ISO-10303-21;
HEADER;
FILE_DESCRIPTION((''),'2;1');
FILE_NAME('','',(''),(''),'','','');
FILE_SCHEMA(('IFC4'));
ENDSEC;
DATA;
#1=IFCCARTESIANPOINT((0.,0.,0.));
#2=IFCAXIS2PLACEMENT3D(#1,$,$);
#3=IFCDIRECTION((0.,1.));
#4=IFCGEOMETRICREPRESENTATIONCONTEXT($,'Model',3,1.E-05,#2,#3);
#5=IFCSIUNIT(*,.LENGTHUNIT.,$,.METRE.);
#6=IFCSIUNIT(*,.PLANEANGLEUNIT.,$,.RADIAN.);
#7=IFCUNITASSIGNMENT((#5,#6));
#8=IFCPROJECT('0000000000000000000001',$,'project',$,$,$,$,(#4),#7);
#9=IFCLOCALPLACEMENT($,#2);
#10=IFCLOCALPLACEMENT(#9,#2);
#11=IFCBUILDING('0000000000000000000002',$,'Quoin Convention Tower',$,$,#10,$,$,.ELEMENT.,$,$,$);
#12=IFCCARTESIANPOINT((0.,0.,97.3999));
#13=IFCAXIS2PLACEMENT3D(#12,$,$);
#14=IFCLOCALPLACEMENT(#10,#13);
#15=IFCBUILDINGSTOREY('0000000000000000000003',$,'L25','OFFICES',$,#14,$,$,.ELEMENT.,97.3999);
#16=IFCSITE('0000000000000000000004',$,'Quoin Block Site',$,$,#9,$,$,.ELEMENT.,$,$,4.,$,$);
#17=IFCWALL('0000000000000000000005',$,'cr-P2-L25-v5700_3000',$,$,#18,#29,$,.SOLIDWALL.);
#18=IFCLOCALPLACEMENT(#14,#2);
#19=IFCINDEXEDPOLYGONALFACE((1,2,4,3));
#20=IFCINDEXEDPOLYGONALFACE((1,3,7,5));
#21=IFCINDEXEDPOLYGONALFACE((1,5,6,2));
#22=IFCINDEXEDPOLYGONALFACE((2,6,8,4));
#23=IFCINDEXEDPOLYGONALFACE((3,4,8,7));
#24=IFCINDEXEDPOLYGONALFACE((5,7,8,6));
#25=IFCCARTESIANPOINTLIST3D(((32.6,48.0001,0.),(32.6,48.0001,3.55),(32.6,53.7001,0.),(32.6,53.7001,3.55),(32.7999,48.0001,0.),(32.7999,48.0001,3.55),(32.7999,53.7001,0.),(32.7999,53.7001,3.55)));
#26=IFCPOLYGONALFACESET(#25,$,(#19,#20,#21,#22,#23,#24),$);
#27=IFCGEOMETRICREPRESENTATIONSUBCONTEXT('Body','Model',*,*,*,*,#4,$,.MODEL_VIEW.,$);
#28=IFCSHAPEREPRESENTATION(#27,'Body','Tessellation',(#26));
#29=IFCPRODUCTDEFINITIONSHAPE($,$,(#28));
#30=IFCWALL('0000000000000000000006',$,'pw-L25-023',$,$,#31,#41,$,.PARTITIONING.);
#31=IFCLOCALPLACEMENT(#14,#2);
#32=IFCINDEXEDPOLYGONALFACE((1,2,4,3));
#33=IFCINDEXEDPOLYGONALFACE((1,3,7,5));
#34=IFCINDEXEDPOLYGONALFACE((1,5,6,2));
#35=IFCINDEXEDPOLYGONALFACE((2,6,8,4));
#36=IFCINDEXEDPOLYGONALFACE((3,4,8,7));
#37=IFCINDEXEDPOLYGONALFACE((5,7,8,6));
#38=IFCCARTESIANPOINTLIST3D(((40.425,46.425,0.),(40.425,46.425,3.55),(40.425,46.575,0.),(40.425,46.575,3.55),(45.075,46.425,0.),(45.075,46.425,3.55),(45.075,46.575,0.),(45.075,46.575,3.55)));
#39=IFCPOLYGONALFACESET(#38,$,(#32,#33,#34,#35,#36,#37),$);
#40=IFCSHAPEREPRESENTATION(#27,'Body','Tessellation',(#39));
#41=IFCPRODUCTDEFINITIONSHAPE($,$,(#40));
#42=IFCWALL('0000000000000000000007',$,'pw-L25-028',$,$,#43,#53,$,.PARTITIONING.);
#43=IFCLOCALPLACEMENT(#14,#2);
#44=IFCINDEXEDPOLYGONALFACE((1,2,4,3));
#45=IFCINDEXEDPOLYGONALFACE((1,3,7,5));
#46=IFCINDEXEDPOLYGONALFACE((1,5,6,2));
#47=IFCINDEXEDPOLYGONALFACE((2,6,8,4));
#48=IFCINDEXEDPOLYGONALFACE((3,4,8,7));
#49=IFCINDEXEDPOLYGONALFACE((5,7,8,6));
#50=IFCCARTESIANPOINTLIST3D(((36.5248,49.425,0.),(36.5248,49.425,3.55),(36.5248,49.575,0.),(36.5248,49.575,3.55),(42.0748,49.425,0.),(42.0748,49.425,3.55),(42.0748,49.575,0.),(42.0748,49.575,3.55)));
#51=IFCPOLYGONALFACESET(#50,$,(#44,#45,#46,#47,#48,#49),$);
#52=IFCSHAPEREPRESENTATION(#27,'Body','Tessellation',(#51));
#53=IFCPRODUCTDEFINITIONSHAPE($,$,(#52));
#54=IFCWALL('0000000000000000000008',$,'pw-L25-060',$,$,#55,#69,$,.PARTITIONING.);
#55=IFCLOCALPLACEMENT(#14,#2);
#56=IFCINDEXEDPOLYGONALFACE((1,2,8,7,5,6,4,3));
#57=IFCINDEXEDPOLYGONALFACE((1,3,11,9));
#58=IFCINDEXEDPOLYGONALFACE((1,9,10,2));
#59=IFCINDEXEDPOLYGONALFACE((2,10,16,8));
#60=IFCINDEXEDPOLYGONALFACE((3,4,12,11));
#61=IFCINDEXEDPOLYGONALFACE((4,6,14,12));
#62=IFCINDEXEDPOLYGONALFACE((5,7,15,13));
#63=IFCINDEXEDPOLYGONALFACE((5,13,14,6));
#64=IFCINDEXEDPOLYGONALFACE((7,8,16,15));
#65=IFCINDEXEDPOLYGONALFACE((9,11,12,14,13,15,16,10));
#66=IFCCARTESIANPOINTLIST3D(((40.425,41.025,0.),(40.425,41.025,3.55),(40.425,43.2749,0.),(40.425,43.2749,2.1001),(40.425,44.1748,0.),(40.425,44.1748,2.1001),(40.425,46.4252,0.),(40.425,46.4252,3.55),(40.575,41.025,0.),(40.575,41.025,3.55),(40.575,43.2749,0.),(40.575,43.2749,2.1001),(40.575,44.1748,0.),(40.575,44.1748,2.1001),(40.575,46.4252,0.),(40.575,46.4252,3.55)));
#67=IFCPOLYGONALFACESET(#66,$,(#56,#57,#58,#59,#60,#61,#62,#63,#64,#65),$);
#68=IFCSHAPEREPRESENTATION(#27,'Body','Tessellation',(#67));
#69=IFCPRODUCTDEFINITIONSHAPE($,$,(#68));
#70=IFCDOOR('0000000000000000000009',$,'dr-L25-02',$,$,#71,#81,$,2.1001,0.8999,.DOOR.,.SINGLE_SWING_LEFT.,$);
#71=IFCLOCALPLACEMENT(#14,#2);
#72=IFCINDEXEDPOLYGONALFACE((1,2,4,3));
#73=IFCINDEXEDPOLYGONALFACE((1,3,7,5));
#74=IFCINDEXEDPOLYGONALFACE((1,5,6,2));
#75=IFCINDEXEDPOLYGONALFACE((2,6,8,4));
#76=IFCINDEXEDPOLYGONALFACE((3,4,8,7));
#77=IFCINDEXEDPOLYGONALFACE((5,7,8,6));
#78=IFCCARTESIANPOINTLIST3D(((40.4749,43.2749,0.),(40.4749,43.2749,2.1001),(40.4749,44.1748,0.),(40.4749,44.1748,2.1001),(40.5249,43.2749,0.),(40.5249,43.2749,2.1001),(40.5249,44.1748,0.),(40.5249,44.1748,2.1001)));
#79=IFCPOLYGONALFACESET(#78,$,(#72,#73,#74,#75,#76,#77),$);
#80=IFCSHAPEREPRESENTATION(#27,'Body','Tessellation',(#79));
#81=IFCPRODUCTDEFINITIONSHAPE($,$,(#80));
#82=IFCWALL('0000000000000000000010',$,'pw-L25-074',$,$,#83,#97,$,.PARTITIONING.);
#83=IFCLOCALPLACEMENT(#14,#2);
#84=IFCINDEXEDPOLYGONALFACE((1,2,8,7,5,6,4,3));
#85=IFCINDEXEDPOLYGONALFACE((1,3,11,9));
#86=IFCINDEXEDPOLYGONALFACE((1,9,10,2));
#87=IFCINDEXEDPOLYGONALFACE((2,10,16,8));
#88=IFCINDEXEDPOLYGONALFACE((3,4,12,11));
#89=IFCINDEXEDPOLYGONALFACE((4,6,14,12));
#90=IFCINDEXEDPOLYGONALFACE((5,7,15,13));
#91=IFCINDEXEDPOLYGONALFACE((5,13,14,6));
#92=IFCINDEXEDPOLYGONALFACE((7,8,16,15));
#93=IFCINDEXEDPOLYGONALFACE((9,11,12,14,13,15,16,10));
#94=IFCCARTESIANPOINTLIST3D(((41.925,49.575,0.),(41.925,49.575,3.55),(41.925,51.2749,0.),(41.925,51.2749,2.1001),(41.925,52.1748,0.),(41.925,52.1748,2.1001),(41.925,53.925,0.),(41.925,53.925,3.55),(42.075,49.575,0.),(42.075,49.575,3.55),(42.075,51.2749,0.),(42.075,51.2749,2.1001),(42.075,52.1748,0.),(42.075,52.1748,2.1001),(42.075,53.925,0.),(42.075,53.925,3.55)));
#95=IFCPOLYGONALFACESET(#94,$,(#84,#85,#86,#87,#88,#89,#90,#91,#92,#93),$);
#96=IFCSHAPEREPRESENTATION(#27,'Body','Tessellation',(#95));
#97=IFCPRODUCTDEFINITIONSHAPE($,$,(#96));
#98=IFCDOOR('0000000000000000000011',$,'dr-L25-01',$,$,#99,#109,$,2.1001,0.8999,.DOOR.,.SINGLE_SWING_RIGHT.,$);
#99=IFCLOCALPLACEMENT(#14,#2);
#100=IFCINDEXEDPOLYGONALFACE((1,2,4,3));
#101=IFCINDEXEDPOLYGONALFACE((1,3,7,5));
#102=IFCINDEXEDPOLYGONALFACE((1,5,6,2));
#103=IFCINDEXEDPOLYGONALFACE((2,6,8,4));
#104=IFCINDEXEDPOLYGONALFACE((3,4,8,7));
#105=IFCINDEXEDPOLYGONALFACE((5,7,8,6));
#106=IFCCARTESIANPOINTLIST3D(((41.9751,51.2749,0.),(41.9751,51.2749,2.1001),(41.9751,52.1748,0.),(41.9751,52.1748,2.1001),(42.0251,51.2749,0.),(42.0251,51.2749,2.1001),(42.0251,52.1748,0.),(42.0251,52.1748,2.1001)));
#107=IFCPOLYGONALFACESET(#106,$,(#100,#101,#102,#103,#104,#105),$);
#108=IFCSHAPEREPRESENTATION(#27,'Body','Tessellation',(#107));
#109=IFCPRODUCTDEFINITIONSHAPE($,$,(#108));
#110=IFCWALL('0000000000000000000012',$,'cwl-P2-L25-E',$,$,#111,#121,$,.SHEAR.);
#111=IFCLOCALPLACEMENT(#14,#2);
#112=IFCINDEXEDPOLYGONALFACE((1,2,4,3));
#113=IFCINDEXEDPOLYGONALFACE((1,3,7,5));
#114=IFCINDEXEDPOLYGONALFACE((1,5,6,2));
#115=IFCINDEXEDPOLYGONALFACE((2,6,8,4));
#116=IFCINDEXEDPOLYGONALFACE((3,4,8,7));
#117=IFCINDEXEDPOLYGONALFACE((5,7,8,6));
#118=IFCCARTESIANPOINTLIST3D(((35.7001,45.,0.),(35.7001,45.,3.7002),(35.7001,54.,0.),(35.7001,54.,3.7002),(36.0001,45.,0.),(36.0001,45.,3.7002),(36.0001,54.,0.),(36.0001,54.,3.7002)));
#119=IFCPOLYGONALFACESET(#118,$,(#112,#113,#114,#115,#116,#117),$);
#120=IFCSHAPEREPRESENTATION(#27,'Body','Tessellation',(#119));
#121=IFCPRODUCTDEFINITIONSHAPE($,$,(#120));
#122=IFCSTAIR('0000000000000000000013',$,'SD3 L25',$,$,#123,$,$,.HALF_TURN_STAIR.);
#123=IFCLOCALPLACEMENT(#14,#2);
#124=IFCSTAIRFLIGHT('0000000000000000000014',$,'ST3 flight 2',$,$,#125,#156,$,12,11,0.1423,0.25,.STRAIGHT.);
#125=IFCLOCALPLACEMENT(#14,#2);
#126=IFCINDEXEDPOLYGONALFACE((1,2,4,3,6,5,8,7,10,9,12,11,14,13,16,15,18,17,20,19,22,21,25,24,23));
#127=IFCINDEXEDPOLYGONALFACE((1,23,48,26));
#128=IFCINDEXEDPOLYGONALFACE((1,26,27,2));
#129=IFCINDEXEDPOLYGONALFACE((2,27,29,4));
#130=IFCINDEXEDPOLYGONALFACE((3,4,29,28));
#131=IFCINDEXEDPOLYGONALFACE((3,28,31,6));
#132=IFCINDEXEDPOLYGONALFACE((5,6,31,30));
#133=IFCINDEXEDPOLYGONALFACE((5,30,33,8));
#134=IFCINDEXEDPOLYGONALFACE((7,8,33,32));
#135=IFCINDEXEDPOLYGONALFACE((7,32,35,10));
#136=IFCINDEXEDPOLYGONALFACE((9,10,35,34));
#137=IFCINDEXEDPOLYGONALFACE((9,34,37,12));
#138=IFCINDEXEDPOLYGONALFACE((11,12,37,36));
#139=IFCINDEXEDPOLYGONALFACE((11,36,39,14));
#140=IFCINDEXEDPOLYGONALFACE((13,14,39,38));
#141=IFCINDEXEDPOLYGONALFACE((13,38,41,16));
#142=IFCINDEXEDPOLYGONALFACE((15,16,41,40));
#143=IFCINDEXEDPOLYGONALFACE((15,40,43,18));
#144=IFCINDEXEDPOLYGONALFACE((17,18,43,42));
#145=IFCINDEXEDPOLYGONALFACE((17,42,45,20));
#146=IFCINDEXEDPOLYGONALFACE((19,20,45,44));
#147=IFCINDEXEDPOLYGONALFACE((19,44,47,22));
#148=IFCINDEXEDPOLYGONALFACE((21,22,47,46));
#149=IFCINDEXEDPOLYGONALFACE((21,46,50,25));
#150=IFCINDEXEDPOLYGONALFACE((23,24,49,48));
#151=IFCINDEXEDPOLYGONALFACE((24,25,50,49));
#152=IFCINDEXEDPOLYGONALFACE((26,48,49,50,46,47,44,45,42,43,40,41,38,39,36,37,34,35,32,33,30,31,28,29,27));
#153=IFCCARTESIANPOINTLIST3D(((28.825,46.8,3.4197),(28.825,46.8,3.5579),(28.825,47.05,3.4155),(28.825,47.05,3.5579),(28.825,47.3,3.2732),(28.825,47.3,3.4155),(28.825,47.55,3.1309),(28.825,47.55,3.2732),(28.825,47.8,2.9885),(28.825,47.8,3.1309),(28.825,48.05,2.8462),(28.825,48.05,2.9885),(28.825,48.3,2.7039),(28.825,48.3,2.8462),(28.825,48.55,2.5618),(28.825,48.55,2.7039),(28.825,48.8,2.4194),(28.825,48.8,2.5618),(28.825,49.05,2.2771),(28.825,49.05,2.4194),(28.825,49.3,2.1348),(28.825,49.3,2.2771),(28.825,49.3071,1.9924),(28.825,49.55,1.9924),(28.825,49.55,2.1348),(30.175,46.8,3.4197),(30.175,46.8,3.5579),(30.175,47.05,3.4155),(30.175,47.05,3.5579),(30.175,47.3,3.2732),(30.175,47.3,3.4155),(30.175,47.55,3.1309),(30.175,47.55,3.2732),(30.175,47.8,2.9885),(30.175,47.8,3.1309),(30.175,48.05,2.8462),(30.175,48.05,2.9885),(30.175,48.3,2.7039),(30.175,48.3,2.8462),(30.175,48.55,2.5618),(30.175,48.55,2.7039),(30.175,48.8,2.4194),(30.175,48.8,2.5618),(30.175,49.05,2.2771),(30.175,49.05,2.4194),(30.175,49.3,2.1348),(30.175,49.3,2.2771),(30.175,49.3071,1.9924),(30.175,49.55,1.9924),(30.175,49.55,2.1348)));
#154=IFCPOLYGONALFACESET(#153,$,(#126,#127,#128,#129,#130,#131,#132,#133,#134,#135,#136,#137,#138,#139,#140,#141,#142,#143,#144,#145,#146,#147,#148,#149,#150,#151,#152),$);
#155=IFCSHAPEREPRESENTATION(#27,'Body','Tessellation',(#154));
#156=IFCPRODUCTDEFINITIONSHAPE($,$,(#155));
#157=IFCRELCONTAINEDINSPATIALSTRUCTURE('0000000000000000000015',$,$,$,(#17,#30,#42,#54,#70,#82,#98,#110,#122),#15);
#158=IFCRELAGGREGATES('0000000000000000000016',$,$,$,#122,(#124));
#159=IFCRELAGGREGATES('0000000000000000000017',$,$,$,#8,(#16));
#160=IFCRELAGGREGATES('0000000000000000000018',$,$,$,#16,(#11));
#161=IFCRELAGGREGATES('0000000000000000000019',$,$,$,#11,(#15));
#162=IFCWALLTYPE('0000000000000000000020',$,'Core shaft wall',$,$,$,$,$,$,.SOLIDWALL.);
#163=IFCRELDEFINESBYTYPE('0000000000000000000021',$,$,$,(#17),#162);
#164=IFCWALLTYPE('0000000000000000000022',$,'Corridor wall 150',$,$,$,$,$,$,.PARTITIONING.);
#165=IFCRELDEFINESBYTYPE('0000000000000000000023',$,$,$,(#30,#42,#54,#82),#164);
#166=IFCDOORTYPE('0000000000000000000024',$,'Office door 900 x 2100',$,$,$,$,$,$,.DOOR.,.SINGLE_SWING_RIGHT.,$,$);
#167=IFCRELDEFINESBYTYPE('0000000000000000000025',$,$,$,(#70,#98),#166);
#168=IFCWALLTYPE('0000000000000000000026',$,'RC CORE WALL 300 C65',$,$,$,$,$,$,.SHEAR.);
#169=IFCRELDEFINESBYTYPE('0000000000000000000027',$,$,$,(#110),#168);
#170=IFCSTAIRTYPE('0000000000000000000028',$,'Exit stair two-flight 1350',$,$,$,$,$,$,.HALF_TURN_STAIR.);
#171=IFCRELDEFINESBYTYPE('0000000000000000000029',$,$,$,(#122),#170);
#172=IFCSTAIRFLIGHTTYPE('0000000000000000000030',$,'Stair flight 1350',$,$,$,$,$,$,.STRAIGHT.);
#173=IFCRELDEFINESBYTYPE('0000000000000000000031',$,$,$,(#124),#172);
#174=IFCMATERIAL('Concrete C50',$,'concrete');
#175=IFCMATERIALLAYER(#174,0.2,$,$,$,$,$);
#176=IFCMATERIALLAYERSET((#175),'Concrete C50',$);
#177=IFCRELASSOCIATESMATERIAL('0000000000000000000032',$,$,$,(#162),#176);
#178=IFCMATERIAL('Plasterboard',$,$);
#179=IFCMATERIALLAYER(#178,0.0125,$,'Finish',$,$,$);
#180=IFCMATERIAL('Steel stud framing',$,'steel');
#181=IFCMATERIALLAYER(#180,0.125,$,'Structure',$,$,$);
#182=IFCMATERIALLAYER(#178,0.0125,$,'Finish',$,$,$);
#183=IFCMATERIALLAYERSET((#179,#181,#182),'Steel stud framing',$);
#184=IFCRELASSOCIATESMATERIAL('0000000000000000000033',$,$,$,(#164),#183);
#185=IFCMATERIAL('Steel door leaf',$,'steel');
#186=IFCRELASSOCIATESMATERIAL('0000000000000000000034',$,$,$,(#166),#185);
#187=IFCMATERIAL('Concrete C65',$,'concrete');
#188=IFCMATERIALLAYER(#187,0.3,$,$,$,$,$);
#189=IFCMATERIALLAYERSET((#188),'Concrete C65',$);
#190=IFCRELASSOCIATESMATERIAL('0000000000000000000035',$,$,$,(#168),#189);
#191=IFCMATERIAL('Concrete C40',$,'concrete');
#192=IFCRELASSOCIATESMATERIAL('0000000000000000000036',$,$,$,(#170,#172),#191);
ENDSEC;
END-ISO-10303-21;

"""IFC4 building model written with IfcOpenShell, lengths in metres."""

from ifc_helpers import new_model, si_unit, direction, frame, frame_2d, origin, place, context, subcontext, project, spatial, polyline, rectangle, outline, extrude, material, layer, layer_set, type_object, element, fill, aggregate, save


model = new_model("IFC4")

# Units and contexts
model_context = context("Model", 3, precision=1e-05, world=origin(), true_north=direction((0.0, 1.0)))
body_context = subcontext(model_context, "Body", "Model", "MODEL_VIEW")
ifc_project = project(units=[si_unit("LENGTHUNIT", "METRE"), si_unit("PLANEANGLEUNIT", "RADIAN")], contexts=[model_context])

# Site, building, storey
site_placement = place(None, origin())
site = spatial("IfcSite", under=ifc_project, at=site_placement, Name="Quoin Block Site", CompositionType="ELEMENT", RefElevation=4.0)
building_placement = place(site_placement, origin())
building = spatial("IfcBuilding", under=site, at=building_placement, Name="Quoin Convention Tower", CompositionType="ELEMENT")
storey_placement = place(building_placement, frame((0.0, 0.0, 97.3999)))
storey = spatial("IfcBuildingStorey", under=building, at=storey_placement, Name="L25", Description="OFFICES", CompositionType="ELEMENT", Elevation=97.3999)

# Shared definitions
ifc_material_1 = material(Name="Concrete C65", Category="concrete")

# Walls
ifc_material_2 = material(Name="Concrete C50", Category="concrete")
ifc_layer_1 = layer(ifc_material_2, 0.2)
ifc_layer_set_1 = layer_set([ifc_layer_1], Name="Concrete C50")
wall_type_1 = type_object("IfcWallType", Name="Core shaft wall", PredefinedType="SOLIDWALL", material=ifc_layer_set_1)
for number, where, z_axis, x_axis, name in (
    (1, (32.7, 48.0, 0.0), (0.0, 0.0, 1.0), (0.0, 1.0, 0.0), "cr-P2-L25-v5700_3000"),
):
    element("IfcWall", number, at=place(storey_placement, frame(where, z_axis=z_axis, x_axis=x_axis)), inside=storey, type_object=wall_type_1, Name=name, PredefinedType="SOLIDWALL", context=body_context, shape_type="SweptSolid", body=[
        extrude(rectangle(XDim=5.7, YDim=0.2, at=frame_2d((2.8501, 0.0))), origin(), (0.0, 0.0, 1.0), 3.55),
    ])
ifc_material_3 = material(Name="Plasterboard")
ifc_layer_2 = layer(ifc_material_3, 0.0125, Name="Finish")
ifc_material_4 = material(Name="Steel stud framing", Category="steel")
ifc_layer_3 = layer(ifc_material_4, 0.125, Name="Structure")
ifc_layer_4 = layer(ifc_material_3, 0.0125, Name="Finish")
ifc_layer_set_2 = layer_set([ifc_layer_2, ifc_layer_3, ifc_layer_4], Name="Steel stud framing")
wall_type_2 = type_object("IfcWallType", Name="Corridor wall 150", PredefinedType="PARTITIONING", material=ifc_layer_set_2)
wall_1_placement = place(storey_placement, frame((40.425, 46.5, 0.0), z_axis=(0.0, 0.0, 1.0), x_axis=(1.0, 0.0, 0.0)))
element("IfcWall", 2, at=wall_1_placement, inside=storey, type_object=wall_type_2, Name="pw-L25-023", PredefinedType="PARTITIONING", context=body_context, shape_type="SweptSolid", body=[
    extrude(rectangle(XDim=4.6499, YDim=0.1499, at=frame_2d((2.325, 0.0))), origin(), (0.0, 0.0, 1.0), 3.55),
])
wall_2_placement = place(storey_placement, frame((36.5249, 49.5, 0.0), z_axis=(0.0, 0.0, 1.0), x_axis=(1.0, 0.0, 0.0)))
element("IfcWall", 3, at=wall_2_placement, inside=storey, type_object=wall_type_2, Name="pw-L25-028", PredefinedType="PARTITIONING", context=body_context, shape_type="SweptSolid", body=[
    extrude(rectangle(XDim=5.55, YDim=0.1499, at=frame_2d((2.7749, 0.0))), origin(), (0.0, 0.0, 1.0), 3.55),
])

# Walls, openings, doors
wall_3_placement = place(storey_placement, frame((40.5, 41.0249, 0.0), z_axis=(0.0, 0.0, 1.0), x_axis=(0.0, 1.0, 0.0)))
wall_3 = element("IfcWall", 4, at=wall_3_placement, inside=storey, type_object=wall_type_2, Name="pw-L25-060", PredefinedType="PARTITIONING", context=body_context, shape_type="SweptSolid", body=[
    extrude(rectangle(XDim=5.4001, YDim=0.1499, at=frame_2d((2.7002, 0.0))), origin(), (0.0, 0.0, 1.0), 3.55),
])
opening_1_placement = place(wall_3_placement, frame((2.25, 0.0, 0.0)))
opening_1 = element("IfcOpeningElement", 5, at=opening_1_placement, cuts=wall_3, PredefinedType="OPENING", context=body_context, shape_type="SweptSolid", body=[
    extrude(rectangle(XDim=0.8999, YDim=2.1001, at=frame_2d((0.45, 1.05))), frame((0.0, 0.085, 0.0), z_axis=(0.0, -1.0, 0.0), x_axis=(1.0, 0.0, 0.0)), (0.0, 0.0, 1.0), 0.1699),
])
ifc_material_5 = material(Name="Steel door leaf", Category="steel")
door_type = type_object("IfcDoorType", Name="Office door 900 x 2100", OperationType="SINGLE_SWING_RIGHT", PredefinedType="DOOR", material=ifc_material_5)
door_1_placement = place(opening_1_placement, frame((0.8999, 0.0, 0.0), z_axis=(0.0, 0.0, 1.0), x_axis=(-1.0, 0.0, 0.0)))
door_1 = element("IfcDoor", 6, at=door_1_placement, inside=storey, type_object=door_type, Name="dr-L25-02", OperationType="SINGLE_SWING_LEFT", OverallHeight=2.1001, OverallWidth=0.8999, PredefinedType="DOOR", context=body_context, shape_type="SweptSolid", body=[
    extrude(rectangle(XDim=0.8999, YDim=2.1001, at=frame_2d((0.45, 1.05))), frame((0.0, 0.0249, 0.0), z_axis=(0.0, -1.0, 0.0), x_axis=(1.0, 0.0, 0.0)), (0.0, 0.0, 1.0), 0.05),
])
fill(opening_1, door_1)
wall_4_placement = place(storey_placement, frame((42.0, 49.575, 0.0), z_axis=(0.0, 0.0, 1.0), x_axis=(0.0, 1.0, 0.0)))
wall_4 = element("IfcWall", 7, at=wall_4_placement, inside=storey, type_object=wall_type_2, Name="pw-L25-074", PredefinedType="PARTITIONING", context=body_context, shape_type="SweptSolid", body=[
    extrude(rectangle(XDim=4.3501, YDim=0.1499, at=frame_2d((2.175, 0.0))), origin(), (0.0, 0.0, 1.0), 3.55),
])
opening_2_placement = place(wall_4_placement, frame((1.7, 0.0, 0.0)))
opening_2 = element("IfcOpeningElement", 8, at=opening_2_placement, cuts=wall_4, PredefinedType="OPENING", context=body_context, shape_type="SweptSolid", body=[
    extrude(rectangle(XDim=0.8999, YDim=2.1001, at=frame_2d((0.45, 1.05))), frame((0.0, 0.085, 0.0), z_axis=(0.0, -1.0, 0.0), x_axis=(1.0, 0.0, 0.0)), (0.0, 0.0, 1.0), 0.1699),
])
door_2_placement = place(opening_2_placement, origin())
door_2 = element("IfcDoor", 9, at=door_2_placement, inside=storey, type_object=door_type, Name="dr-L25-01", OperationType="SINGLE_SWING_RIGHT", OverallHeight=2.1001, OverallWidth=0.8999, PredefinedType="DOOR", context=body_context, shape_type="SweptSolid", body=[
    extrude(rectangle(XDim=0.8999, YDim=2.1001, at=frame_2d((0.45, 1.05))), frame((0.0, 0.0249, 0.0), z_axis=(0.0, -1.0, 0.0), x_axis=(1.0, 0.0, 0.0)), (0.0, 0.0, 1.0), 0.05),
])
fill(opening_2, door_2)

# Wall
ifc_layer_5 = layer(ifc_material_1, 0.3)
ifc_layer_set_3 = layer_set([ifc_layer_5], Name="Concrete C65")
wall_type_3 = type_object("IfcWallType", Name="RC CORE WALL 300 C65", PredefinedType="SHEAR", material=ifc_layer_set_3)
wall_5_placement = place(storey_placement, frame((35.8501, 45.0, 0.0), z_axis=(0.0, 0.0, 1.0), x_axis=(0.0, 1.0, 0.0)))
element("IfcWall", 10, at=wall_5_placement, inside=storey, type_object=wall_type_3, Name="cwl-P2-L25-E", PredefinedType="SHEAR", context=body_context, shape_type="SweptSolid", body=[
    extrude(rectangle(XDim=9.0, YDim=0.3, at=frame_2d((4.5, 0.0))), origin(), (0.0, 0.0, 1.0), 3.7002),
])

# Stair, stair flight
ifc_material_6 = material(Name="Concrete C40", Category="concrete")
stair_type = type_object("IfcStairType", Name="Exit stair two-flight 1350", PredefinedType="HALF_TURN_STAIR", material=ifc_material_6)
stair_1_placement = place(storey_placement, origin())
stair_1 = element("IfcStair", 11, at=stair_1_placement, inside=storey, type_object=stair_type, Name="SD3 L25", PredefinedType="HALF_TURN_STAIR")
stair_flight_type = type_object("IfcStairFlightType", Name="Stair flight 1350", PredefinedType="STRAIGHT", material=ifc_material_6)
stair_flight_1_placement = place(storey_placement, frame((29.5, 49.55, 1.9924), z_axis=(0.0, 0.0, 1.0), x_axis=(0.0, -1.0, 0.0)))
stair_flight_1 = element("IfcStairFlight", 12, at=stair_flight_1_placement, type_object=stair_flight_type, Name="ST3 flight 2", NumberOfRisers=12, NumberOfTreads=11, PredefinedType="STRAIGHT", RiserHeight=0.1423, TreadLength=0.25, context=body_context, shape_type="SweptSolid", body=[
    extrude(outline(polyline([(0.0, 0.0), (0.0, 0.1423), (0.25, 0.1423), (0.25, 0.2847), (0.5, 0.2847), (0.5, 0.427), (0.75, 0.427), (0.75, 0.5693), (1.0, 0.5693), (1.0, 0.7114), (1.25, 0.7114), (1.25, 0.8538), (1.5, 0.8538), (1.5, 0.9961), (1.75, 0.9961), (1.75, 1.1384), (2.0, 1.1384), (2.0, 1.2808), (2.25, 1.2808), (2.25, 1.4231), (2.5, 1.4231), (2.5, 1.5654), (2.75, 1.5654), (2.75, 1.7078), (2.75, 1.4272), (0.2429, 0.0), (0.0, 0.0)])), frame((0.0, 0.675, 0.0), z_axis=(0.0, -1.0, 0.0), x_axis=(1.0, 0.0, 0.0)), (0.0, 0.0, 1.0), 1.3501),
])
aggregate(stair_1, [stair_flight_1])

save(model, "model.ifc")
